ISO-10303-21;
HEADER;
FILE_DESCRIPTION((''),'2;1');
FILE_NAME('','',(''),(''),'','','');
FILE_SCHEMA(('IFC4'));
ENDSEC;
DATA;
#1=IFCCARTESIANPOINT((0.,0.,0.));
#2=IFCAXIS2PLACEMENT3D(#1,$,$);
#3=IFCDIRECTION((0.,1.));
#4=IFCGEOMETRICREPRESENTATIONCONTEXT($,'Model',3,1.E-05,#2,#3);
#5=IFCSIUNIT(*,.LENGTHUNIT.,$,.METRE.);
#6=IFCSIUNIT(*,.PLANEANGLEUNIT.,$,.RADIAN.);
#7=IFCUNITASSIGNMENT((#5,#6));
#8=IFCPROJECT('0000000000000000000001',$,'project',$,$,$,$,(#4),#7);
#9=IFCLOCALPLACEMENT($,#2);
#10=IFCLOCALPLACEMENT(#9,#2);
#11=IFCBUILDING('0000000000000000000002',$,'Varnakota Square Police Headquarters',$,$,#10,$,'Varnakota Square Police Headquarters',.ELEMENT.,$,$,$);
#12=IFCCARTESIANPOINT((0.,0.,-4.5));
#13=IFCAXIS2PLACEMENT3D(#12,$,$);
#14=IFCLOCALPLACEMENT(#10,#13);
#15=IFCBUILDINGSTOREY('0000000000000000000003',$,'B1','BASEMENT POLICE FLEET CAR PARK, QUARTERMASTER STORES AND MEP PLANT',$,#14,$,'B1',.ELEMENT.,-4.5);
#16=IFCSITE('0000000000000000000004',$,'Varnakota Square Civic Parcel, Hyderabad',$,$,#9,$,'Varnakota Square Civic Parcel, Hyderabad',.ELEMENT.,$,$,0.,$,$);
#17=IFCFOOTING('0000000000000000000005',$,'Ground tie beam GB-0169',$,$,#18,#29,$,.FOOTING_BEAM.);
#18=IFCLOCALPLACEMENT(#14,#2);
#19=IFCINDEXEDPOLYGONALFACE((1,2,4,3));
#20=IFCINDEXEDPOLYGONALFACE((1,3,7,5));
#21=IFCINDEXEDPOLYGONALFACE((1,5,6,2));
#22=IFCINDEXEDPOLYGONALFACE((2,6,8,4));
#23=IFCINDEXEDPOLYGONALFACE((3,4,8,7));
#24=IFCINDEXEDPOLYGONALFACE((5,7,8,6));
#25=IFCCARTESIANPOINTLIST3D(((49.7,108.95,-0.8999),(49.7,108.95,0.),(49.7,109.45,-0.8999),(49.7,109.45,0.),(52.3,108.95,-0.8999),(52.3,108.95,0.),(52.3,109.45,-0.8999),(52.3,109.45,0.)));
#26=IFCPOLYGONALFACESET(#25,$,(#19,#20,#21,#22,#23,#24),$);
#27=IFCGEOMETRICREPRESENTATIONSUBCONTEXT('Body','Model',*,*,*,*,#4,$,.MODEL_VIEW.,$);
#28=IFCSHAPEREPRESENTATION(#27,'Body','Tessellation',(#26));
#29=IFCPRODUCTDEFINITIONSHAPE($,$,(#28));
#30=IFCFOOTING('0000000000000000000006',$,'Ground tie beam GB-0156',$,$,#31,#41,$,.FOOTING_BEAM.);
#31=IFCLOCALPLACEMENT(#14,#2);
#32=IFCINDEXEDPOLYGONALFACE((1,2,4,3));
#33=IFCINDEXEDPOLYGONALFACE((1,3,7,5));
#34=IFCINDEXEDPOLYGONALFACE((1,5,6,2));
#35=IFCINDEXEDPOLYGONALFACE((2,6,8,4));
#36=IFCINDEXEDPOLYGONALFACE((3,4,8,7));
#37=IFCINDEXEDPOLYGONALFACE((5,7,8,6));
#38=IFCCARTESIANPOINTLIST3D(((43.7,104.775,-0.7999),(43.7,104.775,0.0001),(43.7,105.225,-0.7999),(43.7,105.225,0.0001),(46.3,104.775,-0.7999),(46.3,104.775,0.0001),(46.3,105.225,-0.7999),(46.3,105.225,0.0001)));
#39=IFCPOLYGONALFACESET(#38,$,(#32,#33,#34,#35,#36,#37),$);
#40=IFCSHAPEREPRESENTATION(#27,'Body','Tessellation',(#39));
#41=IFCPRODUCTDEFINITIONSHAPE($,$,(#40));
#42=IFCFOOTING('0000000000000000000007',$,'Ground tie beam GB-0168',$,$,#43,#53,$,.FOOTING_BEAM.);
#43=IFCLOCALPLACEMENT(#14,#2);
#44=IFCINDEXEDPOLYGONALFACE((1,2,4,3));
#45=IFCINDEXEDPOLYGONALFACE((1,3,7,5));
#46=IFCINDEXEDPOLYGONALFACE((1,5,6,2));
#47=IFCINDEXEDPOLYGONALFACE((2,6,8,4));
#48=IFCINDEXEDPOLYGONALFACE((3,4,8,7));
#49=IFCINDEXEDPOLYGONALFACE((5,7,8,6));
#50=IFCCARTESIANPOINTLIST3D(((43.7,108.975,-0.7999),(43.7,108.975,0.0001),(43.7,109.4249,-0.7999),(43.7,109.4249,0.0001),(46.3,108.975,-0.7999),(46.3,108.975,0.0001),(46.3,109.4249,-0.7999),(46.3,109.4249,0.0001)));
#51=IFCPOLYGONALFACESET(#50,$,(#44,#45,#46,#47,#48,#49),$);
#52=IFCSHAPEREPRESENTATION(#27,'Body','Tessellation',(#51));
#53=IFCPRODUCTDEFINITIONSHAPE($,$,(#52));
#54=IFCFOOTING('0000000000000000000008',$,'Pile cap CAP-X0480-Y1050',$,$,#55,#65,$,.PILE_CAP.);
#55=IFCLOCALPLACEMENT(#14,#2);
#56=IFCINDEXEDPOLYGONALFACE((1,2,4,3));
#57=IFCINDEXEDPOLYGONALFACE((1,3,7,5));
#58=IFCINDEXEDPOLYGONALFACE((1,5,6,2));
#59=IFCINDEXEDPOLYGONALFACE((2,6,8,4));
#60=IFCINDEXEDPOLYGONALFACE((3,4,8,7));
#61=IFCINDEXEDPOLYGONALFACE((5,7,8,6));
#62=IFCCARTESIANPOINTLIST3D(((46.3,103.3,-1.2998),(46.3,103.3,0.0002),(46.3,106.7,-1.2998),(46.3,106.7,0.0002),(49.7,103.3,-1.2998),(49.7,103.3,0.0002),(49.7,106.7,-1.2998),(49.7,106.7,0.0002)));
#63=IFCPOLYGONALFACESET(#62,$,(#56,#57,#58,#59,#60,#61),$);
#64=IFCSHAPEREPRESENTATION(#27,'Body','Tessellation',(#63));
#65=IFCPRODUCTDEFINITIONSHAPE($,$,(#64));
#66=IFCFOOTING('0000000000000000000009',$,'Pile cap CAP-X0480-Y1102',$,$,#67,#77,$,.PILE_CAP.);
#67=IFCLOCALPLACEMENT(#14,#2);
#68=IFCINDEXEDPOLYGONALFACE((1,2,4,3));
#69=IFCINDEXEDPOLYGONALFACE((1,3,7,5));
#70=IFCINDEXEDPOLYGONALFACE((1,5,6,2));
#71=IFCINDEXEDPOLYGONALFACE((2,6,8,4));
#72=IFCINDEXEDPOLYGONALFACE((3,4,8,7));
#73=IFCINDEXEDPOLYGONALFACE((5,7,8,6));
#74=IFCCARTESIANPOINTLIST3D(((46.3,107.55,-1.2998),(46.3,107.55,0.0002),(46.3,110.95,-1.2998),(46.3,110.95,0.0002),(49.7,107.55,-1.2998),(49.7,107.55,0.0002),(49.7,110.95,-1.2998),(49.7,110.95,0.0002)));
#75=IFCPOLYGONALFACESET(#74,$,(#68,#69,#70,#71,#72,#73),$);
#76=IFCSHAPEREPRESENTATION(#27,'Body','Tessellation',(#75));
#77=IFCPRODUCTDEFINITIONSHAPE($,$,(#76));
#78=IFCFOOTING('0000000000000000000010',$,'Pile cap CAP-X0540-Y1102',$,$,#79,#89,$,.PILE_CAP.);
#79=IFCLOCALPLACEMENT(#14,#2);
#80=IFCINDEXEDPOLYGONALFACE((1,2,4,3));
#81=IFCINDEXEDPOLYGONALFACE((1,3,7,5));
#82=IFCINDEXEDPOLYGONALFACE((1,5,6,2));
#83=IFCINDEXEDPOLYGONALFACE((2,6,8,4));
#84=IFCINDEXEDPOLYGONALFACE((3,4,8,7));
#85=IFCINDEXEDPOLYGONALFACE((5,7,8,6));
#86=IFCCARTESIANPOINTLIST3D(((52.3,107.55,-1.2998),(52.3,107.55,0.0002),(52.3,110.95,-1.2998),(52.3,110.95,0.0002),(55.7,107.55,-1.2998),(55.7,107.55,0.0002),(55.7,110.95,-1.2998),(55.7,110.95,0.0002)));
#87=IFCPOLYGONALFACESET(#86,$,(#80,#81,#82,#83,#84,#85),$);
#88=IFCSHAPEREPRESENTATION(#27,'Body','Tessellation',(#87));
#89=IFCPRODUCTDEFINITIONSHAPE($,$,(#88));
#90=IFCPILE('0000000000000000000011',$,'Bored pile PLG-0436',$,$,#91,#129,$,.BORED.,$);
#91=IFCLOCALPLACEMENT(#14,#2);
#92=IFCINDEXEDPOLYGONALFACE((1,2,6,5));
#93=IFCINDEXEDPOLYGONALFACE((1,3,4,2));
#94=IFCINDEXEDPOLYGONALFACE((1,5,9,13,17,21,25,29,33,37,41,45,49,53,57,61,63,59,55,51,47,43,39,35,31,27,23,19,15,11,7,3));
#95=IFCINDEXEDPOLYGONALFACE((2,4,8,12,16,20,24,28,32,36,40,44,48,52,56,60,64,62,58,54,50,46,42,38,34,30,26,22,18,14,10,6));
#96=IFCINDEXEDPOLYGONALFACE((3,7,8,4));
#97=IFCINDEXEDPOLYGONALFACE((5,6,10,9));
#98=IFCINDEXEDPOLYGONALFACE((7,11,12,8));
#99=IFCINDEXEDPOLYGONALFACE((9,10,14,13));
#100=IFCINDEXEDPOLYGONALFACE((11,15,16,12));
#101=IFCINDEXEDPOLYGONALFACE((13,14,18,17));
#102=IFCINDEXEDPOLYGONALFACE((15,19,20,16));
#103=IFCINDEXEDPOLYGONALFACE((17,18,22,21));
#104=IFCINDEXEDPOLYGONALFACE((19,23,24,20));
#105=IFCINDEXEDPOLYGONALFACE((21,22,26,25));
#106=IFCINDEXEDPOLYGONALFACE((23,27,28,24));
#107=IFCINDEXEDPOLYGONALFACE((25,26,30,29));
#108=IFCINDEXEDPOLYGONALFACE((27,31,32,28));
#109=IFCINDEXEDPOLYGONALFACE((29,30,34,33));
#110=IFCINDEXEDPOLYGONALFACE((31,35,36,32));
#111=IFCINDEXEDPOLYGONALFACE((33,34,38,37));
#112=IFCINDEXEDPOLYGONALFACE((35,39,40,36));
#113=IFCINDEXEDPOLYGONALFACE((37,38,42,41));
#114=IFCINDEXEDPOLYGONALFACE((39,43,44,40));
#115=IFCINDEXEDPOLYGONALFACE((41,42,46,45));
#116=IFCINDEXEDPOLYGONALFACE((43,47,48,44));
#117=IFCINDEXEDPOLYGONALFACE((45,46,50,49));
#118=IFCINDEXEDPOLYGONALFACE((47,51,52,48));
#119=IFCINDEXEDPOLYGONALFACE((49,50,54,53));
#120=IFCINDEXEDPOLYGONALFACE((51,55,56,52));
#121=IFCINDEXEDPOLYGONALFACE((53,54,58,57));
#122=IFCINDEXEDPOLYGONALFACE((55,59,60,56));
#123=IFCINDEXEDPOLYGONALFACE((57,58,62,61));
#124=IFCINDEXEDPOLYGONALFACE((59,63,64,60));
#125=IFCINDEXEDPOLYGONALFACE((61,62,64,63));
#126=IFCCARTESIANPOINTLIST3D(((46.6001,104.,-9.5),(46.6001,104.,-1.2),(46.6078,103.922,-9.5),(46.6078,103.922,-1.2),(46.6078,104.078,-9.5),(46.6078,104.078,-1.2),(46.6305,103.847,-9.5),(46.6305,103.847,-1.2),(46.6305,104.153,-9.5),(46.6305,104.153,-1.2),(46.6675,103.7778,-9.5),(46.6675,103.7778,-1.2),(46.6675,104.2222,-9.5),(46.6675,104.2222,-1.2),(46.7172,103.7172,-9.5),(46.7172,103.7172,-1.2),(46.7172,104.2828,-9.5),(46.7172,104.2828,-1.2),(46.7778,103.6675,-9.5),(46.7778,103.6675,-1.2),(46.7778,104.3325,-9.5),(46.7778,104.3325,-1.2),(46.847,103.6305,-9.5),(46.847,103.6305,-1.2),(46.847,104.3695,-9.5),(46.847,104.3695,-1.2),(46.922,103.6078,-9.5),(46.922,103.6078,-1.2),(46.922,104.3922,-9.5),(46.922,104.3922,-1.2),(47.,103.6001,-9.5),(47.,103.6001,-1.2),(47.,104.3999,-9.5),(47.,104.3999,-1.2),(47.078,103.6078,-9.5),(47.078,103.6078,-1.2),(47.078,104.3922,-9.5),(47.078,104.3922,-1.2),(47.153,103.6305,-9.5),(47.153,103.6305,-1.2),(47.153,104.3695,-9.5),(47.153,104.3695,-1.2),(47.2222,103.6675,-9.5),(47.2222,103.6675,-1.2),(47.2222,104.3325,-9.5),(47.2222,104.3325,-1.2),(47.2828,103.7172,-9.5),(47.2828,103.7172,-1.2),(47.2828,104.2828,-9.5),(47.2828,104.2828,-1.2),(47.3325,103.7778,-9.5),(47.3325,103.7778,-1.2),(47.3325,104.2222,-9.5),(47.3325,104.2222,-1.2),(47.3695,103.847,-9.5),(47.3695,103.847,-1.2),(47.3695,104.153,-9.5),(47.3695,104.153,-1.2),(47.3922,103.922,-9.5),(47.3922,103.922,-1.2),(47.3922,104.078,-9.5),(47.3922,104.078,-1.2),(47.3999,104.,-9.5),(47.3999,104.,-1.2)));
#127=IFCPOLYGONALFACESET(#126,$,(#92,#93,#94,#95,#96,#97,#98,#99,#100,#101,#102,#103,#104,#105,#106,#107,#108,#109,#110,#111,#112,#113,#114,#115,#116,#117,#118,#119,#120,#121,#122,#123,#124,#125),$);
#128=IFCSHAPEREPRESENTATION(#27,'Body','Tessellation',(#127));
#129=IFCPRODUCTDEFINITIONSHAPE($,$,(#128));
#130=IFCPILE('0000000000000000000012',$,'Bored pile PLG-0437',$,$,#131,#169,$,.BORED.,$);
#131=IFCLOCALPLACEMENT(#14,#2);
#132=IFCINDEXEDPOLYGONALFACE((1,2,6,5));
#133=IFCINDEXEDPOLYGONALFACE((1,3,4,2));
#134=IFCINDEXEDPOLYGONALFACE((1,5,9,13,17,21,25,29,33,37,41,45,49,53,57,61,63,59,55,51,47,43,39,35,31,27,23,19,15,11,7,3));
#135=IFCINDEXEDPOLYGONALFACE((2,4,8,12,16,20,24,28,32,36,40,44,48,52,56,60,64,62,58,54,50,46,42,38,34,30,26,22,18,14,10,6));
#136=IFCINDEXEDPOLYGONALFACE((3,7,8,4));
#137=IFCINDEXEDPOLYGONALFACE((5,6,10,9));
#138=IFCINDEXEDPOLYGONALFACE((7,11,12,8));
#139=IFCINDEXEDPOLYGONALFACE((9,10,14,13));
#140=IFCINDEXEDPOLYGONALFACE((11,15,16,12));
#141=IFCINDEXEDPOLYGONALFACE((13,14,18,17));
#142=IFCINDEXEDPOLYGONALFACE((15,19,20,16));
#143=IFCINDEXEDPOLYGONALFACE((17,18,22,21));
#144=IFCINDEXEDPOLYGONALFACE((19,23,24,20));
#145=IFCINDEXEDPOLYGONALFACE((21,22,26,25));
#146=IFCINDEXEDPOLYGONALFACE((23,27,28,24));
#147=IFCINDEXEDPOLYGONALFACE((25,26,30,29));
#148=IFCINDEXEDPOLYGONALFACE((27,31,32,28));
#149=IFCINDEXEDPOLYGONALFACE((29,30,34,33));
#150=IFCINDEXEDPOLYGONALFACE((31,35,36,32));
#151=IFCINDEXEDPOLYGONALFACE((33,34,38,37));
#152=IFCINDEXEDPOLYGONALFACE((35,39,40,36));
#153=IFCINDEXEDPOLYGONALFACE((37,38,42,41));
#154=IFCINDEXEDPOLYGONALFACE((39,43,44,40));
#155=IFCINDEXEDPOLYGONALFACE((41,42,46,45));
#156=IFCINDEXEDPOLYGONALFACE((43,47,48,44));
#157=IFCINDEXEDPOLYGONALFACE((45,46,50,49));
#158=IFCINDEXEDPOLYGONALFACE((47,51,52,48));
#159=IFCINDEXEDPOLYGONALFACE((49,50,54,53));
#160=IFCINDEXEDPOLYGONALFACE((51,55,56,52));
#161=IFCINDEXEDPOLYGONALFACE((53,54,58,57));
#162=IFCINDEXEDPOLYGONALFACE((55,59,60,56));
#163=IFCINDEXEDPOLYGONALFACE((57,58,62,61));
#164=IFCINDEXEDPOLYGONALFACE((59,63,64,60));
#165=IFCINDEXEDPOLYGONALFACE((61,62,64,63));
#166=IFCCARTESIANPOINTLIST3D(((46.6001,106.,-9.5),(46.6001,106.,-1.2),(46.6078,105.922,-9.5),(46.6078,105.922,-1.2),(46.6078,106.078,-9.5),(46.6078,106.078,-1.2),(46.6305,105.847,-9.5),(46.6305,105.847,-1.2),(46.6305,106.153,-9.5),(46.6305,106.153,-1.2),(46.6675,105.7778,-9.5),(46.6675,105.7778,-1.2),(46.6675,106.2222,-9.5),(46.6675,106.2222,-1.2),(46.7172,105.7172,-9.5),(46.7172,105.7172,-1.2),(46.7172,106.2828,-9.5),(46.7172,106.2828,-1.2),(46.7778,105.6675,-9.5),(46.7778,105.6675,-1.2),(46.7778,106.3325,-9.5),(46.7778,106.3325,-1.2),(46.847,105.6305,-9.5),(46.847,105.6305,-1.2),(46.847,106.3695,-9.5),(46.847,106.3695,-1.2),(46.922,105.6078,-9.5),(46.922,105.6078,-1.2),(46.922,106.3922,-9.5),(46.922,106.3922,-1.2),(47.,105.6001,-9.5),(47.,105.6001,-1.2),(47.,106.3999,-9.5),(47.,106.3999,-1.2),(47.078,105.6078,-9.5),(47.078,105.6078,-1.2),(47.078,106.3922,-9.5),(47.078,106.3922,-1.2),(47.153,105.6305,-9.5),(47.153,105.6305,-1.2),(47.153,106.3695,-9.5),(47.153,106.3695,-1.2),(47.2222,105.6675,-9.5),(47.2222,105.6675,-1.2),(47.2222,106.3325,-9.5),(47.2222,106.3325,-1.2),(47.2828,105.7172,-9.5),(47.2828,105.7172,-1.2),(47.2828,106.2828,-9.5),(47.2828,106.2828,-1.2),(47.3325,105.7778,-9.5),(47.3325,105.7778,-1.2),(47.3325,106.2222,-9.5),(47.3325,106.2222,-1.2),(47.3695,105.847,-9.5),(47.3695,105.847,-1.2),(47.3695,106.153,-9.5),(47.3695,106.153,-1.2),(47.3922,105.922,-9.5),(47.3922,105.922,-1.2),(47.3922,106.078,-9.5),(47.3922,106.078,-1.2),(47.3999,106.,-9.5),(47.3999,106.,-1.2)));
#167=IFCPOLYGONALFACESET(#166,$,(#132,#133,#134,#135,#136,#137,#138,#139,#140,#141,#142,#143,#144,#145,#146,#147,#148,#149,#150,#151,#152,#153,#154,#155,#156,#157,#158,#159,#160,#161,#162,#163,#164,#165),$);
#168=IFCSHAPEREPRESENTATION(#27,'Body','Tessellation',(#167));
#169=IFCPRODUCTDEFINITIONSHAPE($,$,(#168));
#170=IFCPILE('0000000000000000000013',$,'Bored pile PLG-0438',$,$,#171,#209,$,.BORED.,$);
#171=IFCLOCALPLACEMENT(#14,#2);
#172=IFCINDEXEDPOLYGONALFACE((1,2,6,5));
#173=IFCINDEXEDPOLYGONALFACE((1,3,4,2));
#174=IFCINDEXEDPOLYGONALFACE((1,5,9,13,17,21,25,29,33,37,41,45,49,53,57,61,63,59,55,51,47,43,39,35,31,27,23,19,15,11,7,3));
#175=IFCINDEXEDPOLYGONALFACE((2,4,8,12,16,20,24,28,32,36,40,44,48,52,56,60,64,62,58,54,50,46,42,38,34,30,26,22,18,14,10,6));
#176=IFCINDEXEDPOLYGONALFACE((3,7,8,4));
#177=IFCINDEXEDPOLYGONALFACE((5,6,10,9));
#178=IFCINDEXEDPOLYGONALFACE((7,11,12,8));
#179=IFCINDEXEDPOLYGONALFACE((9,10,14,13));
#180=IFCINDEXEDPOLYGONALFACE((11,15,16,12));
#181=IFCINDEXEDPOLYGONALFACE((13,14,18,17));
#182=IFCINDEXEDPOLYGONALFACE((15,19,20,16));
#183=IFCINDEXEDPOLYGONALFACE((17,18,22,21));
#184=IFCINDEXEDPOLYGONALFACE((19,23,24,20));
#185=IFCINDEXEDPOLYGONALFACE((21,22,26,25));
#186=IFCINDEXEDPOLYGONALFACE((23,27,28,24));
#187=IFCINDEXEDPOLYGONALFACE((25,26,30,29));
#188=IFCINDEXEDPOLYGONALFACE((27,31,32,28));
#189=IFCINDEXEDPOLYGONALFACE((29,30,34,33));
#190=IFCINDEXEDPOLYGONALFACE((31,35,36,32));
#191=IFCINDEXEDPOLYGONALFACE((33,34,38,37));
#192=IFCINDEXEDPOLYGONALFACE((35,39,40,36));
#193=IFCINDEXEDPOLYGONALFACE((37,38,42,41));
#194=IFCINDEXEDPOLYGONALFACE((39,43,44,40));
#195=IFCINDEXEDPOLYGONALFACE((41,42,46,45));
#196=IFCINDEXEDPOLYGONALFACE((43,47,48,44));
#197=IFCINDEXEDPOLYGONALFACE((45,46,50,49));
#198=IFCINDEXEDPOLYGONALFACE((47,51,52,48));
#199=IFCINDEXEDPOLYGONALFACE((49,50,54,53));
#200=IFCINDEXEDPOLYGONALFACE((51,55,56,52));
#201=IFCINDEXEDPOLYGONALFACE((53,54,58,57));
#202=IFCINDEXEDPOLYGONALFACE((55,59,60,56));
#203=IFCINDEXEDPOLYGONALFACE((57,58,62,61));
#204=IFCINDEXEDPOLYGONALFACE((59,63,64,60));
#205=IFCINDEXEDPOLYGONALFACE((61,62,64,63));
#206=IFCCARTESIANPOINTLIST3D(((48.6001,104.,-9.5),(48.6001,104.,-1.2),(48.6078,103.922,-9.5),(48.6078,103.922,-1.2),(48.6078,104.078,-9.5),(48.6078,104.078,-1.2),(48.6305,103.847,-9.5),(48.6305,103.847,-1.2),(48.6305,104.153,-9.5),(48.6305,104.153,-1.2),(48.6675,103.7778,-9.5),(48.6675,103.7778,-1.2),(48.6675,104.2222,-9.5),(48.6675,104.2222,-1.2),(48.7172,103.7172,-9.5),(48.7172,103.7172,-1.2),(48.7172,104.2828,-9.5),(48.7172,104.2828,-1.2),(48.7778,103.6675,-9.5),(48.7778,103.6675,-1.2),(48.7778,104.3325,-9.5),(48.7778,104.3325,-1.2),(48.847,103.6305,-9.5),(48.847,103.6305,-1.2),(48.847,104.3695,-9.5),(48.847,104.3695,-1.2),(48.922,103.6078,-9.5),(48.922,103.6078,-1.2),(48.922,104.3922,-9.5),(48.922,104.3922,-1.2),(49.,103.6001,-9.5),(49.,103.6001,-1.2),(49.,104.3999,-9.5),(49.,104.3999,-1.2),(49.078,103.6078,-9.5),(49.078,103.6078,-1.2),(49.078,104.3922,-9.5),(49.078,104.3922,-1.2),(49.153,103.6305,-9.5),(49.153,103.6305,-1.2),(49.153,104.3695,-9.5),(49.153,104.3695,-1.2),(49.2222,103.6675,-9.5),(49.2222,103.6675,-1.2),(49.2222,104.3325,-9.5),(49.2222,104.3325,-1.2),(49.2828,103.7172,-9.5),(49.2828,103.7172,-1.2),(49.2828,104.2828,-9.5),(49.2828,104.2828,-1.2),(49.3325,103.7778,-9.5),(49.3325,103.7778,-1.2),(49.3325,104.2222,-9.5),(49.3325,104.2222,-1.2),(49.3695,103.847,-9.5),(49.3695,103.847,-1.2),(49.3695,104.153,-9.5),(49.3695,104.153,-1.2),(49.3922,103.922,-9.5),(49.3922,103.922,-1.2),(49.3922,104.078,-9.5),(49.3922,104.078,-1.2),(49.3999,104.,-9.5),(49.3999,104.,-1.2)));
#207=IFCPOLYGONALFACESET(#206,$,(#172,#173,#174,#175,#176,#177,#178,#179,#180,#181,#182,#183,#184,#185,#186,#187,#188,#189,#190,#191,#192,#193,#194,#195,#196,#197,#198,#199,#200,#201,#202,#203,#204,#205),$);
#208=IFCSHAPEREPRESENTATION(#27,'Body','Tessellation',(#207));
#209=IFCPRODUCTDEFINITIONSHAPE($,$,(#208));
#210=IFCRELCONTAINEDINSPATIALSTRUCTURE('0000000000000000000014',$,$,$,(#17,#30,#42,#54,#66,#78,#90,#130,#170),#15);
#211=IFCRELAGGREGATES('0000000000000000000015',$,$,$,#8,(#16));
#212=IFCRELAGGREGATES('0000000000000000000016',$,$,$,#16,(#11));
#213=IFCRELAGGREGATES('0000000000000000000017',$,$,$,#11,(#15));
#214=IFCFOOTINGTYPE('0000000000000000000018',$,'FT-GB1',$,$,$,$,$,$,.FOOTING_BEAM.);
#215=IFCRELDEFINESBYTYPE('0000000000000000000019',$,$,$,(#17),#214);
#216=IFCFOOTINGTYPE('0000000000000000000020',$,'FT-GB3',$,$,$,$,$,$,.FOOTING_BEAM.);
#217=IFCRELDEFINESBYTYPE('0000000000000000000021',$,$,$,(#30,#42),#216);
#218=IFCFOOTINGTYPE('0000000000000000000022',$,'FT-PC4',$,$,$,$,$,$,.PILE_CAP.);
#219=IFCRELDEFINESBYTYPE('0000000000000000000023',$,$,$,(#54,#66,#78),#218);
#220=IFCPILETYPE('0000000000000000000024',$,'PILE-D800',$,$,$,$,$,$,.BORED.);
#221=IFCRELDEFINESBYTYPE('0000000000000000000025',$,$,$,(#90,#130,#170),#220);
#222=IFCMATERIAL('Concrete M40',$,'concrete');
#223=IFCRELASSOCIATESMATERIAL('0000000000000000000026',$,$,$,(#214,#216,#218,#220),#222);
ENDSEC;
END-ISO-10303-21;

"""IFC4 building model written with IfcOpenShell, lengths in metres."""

from ifc_helpers import new_model, si_unit, direction, frame, origin, origin_2d, place, context, subcontext, project, spatial, rectangle, circle, extrude, material, material_profile, profile_set, type_object, element, save


model = new_model("IFC4")

# Units and contexts
model_context = context("Model", 3, precision=1e-05, world=origin(), true_north=direction((0.0, 1.0)))
body_context = subcontext(model_context, "Body", "Model", "MODEL_VIEW")
ifc_project = project(units=[si_unit("LENGTHUNIT", "METRE"), si_unit("PLANEANGLEUNIT", "RADIAN")], contexts=[model_context])

# Site, building, storey
site_placement = place(None, origin())
site = spatial("IfcSite", under=ifc_project, at=site_placement, Name="Varnakota Square Civic Parcel, Hyderabad", LongName="Varnakota Square Civic Parcel, Hyderabad", CompositionType="ELEMENT", RefElevation=0.0)
building_placement = place(site_placement, origin())
building = spatial("IfcBuilding", under=site, at=building_placement, Name="Varnakota Square Police Headquarters", LongName="Varnakota Square Police Headquarters", CompositionType="ELEMENT")
storey_placement = place(building_placement, frame((0.0, 0.0, -4.5)))
storey = spatial("IfcBuildingStorey", under=building, at=storey_placement, Name="B1", Description="BASEMENT POLICE FLEET CAR PARK, QUARTERMASTER STORES AND MEP PLANT", LongName="B1", CompositionType="ELEMENT", Elevation=-4.5)

# Footings
ifc_material_1 = material(Name="Concrete M40", Category="concrete")
ifc_material_profile_1 = material_profile(ifc_material_1, rectangle(XDim=0.5, YDim=0.8999, at=origin_2d()), Name="GB 500x900")
ifc_profile_set_1 = profile_set([ifc_material_profile_1], Name="Concrete M40")
footing_type_1 = type_object("IfcFootingType", Name="FT-GB1", PredefinedType="FOOTING_BEAM", material=ifc_profile_set_1)
footing_placement = place(storey_placement, frame((49.7, 109.2, -0.45), z_axis=(1.0, 0.0, 0.0), x_axis=(0.0, 1.0, 0.0)))
element("IfcFooting", 1, at=footing_placement, inside=storey, type_object=footing_type_1, Name="Ground tie beam GB-0169", PredefinedType="FOOTING_BEAM", context=body_context, shape_type="SweptSolid", body=[
    extrude(rectangle(XDim=0.5, YDim=0.8999, at=origin_2d()), origin(), (0.0, 0.0, 1.0), 2.6001),
])
ifc_material_profile_2 = material_profile(ifc_material_1, rectangle(XDim=0.45, YDim=0.8, at=origin_2d()), Name="GB 450x800")
ifc_profile_set_2 = profile_set([ifc_material_profile_2], Name="Concrete M40")
footing_type_2 = type_object("IfcFootingType", Name="FT-GB3", PredefinedType="FOOTING_BEAM", material=ifc_profile_set_2)
for number, where, z_axis, x_axis, name in (
    (2, (43.7, 105.0, -0.3999), (1.0, 0.0, 0.0), (0.0, 1.0, 0.0), "Ground tie beam GB-0156"),
    (3, (43.7, 109.2, -0.3999), (1.0, 0.0, 0.0), (0.0, 1.0, 0.0), "Ground tie beam GB-0168"),
):
    element("IfcFooting", number, at=place(storey_placement, frame(where, z_axis=z_axis, x_axis=x_axis)), inside=storey, type_object=footing_type_2, Name=name, PredefinedType="FOOTING_BEAM", context=body_context, shape_type="SweptSolid", body=[
        extrude(rectangle(XDim=0.45, YDim=0.8, at=origin_2d()), origin(), (0.0, 0.0, 1.0), 2.6001),
    ])
footing_type_3 = type_object("IfcFootingType", Name="FT-PC4", PredefinedType="PILE_CAP", material=ifc_material_1)
for number, where, z_axis, x_axis, name in (
    (4, (48.0, 105.0, -1.2998), (0.0, 0.0, 1.0), (1.0, 0.0, 0.0), "Pile cap CAP-X0480-Y1050"),
    (5, (48.0, 109.25, -1.2998), (0.0, 0.0, 1.0), (1.0, 0.0, 0.0), "Pile cap CAP-X0480-Y1102"),
    (6, (54.0, 109.25, -1.2998), (0.0, 0.0, 1.0), (1.0, 0.0, 0.0), "Pile cap CAP-X0540-Y1102"),
):
    element("IfcFooting", number, at=place(storey_placement, frame(where, z_axis=z_axis, x_axis=x_axis)), inside=storey, type_object=footing_type_3, Name=name, PredefinedType="PILE_CAP", context=body_context, shape_type="SweptSolid", body=[
        extrude(rectangle(XDim=3.3999, YDim=3.3999, at=origin_2d()), origin(), (0.0, 0.0, 1.0), 1.3),
    ])

# Piles
ifc_material_profile_3 = material_profile(ifc_material_1, circle(Radius=0.3999, at=origin_2d()), Name="BORED PILE 800")
ifc_profile_set_3 = profile_set([ifc_material_profile_3], Name="Concrete M40")
pile_type = type_object("IfcPileType", Name="PILE-D800", PredefinedType="BORED", material=ifc_profile_set_3)
for number, where, z_axis, x_axis, name in (
    (7, (47.0, 104.0, -1.2), (0.0, 0.0, -1.0), (1.0, 0.0, 0.0), "Bored pile PLG-0436"),
    (8, (47.0, 106.0, -1.2), (0.0, 0.0, -1.0), (1.0, 0.0, 0.0), "Bored pile PLG-0437"),
    (9, (49.0, 104.0, -1.2), (0.0, 0.0, -1.0), (1.0, 0.0, 0.0), "Bored pile PLG-0438"),
):
    element("IfcPile", number, at=place(storey_placement, frame(where, z_axis=z_axis, x_axis=x_axis)), inside=storey, type_object=pile_type, Name=name, PredefinedType="BORED", context=body_context, shape_type="SweptSolid", body=[
        extrude(circle(Radius=0.3999, at=origin_2d()), origin(), (0.0, 0.0, 1.0), 8.3),
    ])

save(model, "model.ifc")
